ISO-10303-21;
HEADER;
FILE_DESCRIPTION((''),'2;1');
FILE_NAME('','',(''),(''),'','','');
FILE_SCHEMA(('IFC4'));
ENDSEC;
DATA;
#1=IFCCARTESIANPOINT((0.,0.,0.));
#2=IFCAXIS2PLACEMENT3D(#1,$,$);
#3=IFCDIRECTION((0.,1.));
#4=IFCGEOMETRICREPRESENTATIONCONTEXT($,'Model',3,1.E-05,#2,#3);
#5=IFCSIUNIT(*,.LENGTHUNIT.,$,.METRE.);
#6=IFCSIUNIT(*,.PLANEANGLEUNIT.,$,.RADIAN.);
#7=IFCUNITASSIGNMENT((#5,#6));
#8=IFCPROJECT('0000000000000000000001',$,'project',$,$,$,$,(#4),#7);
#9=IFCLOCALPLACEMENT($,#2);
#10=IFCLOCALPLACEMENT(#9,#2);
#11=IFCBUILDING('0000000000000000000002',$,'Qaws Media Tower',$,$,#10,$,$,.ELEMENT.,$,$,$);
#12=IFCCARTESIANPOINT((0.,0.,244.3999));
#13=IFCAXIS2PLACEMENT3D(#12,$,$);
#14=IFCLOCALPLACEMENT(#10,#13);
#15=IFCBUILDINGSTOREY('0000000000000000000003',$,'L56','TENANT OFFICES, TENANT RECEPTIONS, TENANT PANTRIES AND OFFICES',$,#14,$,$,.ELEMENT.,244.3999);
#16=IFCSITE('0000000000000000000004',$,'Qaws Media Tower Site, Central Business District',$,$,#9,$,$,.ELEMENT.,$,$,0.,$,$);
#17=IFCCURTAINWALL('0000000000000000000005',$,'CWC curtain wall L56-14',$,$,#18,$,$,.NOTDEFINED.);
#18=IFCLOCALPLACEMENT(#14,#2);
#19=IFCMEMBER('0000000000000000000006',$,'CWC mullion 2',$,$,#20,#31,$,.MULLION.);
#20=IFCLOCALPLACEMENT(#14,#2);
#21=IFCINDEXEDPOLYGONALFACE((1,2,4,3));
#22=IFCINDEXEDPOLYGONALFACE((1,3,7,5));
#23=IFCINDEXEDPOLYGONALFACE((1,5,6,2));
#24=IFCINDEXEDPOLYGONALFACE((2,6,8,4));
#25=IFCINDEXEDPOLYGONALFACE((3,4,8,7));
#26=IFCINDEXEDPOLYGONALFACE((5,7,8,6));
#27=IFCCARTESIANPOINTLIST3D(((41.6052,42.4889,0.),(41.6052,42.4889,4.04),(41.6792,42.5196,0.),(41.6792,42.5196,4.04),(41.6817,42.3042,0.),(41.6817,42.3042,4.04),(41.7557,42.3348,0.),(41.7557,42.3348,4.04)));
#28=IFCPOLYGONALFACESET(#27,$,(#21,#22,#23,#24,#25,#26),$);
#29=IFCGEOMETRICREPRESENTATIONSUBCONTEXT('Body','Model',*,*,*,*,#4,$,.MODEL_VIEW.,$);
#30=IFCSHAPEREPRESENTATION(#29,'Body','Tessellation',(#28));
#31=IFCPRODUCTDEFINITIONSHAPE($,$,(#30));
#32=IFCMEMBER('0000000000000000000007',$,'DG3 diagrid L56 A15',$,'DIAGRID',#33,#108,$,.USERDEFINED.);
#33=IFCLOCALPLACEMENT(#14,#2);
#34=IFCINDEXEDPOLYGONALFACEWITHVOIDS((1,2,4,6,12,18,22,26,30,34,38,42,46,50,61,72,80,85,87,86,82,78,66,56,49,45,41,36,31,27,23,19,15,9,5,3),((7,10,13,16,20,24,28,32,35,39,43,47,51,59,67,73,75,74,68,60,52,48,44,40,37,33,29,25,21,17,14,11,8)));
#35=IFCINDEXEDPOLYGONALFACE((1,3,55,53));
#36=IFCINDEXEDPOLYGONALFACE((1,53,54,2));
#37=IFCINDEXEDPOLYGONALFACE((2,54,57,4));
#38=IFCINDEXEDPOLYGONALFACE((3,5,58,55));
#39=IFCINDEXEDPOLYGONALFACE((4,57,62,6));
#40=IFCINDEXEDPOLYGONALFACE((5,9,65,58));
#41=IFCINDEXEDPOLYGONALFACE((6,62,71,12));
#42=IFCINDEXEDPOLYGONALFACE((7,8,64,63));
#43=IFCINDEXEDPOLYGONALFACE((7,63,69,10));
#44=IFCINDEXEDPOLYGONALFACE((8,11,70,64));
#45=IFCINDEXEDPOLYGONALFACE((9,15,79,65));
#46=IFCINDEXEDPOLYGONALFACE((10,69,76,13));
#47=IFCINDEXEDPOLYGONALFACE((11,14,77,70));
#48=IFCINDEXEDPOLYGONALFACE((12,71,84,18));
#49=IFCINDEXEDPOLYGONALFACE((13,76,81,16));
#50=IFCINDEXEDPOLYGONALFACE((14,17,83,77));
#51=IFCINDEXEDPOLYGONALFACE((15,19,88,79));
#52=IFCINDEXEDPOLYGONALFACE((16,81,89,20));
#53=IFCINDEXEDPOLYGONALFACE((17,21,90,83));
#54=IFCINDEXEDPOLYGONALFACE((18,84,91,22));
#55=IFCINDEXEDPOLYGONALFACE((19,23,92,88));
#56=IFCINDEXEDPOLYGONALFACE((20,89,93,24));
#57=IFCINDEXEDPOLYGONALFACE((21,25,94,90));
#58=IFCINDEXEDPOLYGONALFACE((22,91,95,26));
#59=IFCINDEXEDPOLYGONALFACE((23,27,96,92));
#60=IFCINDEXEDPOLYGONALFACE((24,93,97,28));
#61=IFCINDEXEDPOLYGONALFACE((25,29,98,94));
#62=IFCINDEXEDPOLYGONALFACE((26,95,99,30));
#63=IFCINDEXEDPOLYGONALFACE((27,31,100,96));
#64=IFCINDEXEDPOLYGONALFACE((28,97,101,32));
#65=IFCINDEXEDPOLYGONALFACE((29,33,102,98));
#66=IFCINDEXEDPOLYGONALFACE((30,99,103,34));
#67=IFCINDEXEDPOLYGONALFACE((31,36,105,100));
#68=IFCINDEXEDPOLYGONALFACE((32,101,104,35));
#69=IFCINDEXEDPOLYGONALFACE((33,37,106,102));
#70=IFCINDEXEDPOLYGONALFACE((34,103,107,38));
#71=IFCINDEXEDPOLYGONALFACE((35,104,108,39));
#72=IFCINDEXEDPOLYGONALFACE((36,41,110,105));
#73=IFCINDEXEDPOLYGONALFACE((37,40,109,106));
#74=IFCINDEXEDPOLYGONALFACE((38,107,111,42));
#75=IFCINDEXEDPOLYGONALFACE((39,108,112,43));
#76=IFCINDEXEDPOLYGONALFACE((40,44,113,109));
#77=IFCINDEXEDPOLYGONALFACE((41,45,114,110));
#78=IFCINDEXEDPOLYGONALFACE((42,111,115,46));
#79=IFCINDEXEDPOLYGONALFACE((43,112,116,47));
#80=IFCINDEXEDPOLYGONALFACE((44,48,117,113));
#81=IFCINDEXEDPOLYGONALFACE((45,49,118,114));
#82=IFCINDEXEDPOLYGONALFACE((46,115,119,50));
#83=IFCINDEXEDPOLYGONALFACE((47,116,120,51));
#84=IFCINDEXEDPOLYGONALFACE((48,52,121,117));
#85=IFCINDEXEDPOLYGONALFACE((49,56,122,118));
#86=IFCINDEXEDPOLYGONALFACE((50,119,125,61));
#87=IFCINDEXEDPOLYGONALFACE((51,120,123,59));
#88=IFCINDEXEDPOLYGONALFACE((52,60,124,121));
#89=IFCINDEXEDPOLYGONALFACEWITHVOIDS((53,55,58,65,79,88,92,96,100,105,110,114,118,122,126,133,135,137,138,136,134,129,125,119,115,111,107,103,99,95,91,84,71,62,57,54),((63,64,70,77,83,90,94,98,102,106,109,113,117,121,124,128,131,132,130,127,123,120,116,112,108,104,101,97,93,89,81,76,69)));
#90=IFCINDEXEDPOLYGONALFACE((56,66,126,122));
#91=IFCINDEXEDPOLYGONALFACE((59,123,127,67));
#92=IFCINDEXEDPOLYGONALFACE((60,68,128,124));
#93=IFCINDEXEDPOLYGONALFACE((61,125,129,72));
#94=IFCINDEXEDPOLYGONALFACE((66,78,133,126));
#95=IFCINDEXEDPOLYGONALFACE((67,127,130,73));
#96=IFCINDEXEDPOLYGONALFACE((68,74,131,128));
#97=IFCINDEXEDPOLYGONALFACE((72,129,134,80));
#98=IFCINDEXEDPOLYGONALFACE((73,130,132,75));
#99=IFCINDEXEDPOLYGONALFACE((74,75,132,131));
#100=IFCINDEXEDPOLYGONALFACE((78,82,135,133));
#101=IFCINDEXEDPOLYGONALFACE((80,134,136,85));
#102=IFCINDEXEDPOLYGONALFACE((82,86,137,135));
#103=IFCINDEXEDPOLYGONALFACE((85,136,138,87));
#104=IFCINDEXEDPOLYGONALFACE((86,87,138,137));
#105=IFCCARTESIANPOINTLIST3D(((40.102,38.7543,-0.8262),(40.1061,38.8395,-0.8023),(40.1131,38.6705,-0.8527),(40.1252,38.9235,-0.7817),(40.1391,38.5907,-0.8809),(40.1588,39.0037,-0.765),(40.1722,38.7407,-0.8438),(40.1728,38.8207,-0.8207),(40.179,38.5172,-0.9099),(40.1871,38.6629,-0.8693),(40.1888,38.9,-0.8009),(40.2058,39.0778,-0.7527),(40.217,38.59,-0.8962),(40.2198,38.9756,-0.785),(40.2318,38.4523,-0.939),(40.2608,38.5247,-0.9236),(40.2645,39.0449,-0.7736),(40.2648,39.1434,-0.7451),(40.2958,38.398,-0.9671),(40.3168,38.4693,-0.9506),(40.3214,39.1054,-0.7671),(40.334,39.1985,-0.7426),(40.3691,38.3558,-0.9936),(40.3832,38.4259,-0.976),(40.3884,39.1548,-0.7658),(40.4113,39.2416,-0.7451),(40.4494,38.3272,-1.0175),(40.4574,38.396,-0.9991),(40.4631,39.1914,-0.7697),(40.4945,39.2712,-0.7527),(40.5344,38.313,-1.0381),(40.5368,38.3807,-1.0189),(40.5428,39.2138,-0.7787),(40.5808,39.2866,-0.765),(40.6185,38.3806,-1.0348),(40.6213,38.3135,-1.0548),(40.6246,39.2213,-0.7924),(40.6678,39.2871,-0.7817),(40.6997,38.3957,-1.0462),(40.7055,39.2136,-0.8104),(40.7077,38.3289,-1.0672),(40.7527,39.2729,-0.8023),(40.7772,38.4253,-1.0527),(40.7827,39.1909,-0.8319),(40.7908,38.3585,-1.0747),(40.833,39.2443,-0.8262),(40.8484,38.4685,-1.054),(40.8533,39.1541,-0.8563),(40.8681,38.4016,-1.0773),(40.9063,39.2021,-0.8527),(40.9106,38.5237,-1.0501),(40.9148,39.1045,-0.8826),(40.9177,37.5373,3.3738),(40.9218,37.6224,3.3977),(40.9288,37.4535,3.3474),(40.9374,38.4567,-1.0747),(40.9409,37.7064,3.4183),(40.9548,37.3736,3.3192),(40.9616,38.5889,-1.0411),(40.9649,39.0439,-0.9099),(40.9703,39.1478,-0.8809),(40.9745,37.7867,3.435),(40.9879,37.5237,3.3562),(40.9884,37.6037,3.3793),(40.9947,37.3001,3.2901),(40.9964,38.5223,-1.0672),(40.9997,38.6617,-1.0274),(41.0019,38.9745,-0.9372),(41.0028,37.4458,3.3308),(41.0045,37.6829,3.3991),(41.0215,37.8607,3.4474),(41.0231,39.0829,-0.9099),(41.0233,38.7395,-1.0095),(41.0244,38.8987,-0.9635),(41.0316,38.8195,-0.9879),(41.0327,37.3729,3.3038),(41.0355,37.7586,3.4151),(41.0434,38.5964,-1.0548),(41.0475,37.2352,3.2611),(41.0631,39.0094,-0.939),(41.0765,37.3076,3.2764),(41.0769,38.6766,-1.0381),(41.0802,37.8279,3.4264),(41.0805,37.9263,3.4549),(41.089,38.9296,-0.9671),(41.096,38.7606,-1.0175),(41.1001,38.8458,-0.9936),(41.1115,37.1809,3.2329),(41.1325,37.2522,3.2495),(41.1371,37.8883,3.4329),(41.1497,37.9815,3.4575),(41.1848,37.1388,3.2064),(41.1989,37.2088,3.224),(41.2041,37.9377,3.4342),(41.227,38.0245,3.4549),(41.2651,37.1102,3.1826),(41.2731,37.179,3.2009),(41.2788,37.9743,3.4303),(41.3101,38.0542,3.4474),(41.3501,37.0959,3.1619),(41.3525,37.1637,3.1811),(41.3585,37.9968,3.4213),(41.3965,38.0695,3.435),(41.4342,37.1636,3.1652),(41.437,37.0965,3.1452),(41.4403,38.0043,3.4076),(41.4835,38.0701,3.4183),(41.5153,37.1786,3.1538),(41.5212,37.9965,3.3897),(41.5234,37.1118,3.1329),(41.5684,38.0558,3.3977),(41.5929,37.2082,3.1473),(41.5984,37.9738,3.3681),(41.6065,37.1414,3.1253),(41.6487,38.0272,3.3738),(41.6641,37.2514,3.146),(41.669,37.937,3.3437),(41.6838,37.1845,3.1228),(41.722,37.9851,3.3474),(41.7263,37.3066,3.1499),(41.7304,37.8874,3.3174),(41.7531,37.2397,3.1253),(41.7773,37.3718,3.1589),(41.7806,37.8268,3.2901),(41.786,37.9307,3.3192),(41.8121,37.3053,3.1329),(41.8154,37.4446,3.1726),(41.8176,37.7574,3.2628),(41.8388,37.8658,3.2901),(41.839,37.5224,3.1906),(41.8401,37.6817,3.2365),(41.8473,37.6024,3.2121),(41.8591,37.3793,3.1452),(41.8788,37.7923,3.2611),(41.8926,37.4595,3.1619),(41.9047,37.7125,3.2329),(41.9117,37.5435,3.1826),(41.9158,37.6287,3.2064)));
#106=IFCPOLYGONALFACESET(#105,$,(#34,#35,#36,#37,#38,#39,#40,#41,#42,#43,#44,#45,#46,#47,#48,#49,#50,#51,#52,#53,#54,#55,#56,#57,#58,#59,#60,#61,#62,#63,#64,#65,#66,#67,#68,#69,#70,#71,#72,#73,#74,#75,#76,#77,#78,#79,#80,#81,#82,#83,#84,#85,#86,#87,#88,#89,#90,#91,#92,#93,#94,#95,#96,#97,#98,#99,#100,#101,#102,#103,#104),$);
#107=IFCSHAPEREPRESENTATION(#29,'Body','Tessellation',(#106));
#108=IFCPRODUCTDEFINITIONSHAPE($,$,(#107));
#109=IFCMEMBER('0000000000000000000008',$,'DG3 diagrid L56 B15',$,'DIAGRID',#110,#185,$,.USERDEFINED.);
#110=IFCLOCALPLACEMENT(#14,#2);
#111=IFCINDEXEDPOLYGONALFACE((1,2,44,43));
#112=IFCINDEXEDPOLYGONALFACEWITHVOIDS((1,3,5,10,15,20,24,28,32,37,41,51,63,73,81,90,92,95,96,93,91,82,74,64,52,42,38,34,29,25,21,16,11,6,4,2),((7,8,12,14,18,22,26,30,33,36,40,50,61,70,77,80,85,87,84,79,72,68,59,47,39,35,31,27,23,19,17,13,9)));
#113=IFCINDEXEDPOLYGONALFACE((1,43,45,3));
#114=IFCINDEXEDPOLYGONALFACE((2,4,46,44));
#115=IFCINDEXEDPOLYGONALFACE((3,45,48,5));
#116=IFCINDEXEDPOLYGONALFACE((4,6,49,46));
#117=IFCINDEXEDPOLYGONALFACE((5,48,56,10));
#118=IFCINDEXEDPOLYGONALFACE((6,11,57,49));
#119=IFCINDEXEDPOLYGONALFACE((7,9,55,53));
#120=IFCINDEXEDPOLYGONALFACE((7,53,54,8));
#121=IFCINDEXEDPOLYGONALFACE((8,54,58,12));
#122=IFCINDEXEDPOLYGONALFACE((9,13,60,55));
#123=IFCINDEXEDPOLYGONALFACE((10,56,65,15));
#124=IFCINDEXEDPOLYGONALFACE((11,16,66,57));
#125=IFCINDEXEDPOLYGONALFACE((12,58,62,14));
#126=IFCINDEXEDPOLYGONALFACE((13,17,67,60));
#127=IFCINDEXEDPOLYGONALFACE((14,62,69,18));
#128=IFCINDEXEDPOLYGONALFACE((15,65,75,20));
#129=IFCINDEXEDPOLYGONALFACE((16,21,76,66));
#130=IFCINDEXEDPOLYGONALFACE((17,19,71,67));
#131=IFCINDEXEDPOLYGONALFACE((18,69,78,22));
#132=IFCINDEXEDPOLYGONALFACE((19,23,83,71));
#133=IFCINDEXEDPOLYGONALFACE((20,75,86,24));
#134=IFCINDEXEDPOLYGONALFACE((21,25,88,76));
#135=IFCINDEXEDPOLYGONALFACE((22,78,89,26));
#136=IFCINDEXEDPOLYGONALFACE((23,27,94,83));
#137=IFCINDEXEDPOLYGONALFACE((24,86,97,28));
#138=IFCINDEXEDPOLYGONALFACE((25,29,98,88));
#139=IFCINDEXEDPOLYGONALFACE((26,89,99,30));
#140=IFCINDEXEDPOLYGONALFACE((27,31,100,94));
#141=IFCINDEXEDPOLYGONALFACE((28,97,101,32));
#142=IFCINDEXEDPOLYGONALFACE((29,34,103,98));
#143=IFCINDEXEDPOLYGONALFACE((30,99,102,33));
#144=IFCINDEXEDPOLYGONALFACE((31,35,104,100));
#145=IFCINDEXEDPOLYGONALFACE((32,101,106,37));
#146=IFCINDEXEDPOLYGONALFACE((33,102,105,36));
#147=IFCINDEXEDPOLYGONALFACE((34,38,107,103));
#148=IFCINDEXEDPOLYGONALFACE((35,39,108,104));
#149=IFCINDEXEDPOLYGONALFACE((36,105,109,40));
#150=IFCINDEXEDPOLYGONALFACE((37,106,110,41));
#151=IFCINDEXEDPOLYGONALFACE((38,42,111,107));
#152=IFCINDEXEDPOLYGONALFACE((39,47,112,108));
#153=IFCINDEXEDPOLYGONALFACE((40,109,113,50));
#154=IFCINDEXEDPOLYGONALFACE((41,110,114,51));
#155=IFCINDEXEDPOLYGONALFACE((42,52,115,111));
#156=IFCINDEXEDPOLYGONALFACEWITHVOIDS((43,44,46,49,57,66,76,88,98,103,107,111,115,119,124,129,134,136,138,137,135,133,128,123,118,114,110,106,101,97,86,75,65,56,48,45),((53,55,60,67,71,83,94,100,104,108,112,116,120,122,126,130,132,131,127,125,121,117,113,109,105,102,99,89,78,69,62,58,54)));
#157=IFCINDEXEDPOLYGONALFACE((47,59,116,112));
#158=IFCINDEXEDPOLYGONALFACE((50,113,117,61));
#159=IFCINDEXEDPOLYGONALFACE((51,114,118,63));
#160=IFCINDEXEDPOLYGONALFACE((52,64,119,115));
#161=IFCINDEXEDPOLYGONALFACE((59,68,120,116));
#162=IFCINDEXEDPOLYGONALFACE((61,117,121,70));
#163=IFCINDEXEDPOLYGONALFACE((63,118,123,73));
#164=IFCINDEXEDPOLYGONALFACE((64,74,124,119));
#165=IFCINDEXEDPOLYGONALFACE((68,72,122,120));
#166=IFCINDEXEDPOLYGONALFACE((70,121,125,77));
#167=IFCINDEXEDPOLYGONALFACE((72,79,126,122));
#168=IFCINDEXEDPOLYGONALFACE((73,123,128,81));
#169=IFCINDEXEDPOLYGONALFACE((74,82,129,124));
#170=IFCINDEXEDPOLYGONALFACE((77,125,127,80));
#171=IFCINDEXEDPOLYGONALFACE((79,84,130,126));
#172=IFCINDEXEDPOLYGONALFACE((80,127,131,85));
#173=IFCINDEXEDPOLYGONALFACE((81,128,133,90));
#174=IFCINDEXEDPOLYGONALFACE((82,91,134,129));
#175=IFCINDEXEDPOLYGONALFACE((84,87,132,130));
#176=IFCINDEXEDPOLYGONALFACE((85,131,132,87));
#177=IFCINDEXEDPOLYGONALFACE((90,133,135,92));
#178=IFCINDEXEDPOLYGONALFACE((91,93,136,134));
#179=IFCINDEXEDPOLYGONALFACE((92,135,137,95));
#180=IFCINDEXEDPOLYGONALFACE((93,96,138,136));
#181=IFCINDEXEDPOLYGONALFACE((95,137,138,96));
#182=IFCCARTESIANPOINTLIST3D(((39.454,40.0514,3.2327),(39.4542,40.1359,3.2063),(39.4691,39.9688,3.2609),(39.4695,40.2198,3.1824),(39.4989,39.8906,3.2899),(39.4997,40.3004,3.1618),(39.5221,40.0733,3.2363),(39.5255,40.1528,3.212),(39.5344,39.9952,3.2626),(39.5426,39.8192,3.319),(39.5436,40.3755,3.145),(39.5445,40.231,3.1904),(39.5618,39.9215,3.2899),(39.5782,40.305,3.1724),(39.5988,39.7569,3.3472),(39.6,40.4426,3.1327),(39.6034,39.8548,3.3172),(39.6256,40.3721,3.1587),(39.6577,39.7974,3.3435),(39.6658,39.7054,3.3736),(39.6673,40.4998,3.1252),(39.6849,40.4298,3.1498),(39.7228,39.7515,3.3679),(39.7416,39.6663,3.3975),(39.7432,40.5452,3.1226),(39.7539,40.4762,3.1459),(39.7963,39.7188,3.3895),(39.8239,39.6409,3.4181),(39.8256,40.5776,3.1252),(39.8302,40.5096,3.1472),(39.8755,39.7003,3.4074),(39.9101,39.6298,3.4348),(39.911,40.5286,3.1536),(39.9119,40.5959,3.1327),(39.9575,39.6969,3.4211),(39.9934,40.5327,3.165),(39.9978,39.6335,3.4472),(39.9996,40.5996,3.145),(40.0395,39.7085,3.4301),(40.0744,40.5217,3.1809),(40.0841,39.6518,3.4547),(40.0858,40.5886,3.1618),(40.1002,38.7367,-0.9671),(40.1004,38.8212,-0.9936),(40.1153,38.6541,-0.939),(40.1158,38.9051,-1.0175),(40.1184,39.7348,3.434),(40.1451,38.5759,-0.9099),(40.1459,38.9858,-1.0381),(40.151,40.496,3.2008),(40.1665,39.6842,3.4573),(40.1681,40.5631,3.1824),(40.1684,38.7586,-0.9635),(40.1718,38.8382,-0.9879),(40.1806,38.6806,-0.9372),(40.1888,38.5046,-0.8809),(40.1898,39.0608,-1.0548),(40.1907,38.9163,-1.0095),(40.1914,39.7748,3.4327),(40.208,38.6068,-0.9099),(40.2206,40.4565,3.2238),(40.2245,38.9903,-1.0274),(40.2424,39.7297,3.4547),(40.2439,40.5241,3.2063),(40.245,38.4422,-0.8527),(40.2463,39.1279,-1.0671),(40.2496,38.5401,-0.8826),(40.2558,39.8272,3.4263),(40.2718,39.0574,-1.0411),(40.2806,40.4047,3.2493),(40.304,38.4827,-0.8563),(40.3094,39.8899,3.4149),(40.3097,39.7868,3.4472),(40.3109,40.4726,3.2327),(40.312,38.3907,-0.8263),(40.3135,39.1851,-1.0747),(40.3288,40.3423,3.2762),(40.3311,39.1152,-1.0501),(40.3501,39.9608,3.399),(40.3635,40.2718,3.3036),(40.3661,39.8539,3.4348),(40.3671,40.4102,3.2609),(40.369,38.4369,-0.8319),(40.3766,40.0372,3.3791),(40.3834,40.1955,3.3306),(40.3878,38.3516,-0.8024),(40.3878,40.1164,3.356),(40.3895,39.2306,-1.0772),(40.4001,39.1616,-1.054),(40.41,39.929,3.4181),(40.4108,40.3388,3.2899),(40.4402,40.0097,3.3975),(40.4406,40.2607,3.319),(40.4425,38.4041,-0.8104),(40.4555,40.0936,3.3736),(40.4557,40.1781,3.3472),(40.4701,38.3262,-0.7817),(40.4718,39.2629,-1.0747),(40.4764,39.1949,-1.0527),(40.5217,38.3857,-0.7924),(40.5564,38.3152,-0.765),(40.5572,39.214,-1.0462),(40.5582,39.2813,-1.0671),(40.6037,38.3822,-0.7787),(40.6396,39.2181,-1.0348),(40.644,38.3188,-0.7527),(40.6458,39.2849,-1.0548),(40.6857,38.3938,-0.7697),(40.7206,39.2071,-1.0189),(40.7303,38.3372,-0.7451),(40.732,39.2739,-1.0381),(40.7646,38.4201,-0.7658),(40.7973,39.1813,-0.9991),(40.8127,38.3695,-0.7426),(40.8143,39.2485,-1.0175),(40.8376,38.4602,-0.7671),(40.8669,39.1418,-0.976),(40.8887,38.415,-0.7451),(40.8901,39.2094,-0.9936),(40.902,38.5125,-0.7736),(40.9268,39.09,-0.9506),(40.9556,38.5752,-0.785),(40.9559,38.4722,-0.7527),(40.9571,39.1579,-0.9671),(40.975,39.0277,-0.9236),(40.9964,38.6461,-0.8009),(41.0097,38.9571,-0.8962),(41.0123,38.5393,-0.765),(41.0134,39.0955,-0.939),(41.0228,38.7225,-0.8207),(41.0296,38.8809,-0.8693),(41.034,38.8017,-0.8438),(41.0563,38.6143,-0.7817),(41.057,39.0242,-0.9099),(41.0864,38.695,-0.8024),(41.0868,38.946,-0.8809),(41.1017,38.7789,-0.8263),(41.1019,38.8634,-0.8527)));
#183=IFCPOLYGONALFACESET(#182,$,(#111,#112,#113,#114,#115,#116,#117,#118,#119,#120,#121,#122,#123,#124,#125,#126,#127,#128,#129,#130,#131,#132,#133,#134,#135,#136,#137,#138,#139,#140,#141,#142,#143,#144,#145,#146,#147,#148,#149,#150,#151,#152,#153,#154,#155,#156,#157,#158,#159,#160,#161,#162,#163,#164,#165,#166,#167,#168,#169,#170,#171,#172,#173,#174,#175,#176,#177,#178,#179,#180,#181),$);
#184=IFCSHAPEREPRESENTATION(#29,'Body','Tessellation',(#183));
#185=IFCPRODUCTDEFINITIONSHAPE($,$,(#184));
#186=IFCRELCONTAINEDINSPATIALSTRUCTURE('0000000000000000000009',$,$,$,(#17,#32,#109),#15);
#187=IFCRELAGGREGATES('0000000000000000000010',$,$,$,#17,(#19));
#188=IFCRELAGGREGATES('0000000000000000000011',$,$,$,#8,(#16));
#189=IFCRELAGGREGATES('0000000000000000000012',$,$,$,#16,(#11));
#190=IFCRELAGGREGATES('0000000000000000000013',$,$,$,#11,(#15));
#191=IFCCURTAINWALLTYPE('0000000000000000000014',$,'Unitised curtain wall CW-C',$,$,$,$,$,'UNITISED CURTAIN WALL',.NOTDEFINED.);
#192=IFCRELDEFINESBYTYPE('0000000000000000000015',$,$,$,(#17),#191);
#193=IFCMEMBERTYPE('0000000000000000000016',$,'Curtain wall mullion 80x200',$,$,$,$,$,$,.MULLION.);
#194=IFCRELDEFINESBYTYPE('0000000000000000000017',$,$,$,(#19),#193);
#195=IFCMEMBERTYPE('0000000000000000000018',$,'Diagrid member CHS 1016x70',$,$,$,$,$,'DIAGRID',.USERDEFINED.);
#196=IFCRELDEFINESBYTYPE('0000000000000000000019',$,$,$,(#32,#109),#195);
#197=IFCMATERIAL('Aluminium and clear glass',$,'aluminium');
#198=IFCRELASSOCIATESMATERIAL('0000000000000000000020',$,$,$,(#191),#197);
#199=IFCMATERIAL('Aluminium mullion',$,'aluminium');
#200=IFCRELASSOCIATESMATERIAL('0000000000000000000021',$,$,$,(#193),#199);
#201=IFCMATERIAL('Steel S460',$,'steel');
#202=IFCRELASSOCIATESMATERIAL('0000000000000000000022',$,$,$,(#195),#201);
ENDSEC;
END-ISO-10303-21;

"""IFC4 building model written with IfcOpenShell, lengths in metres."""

from ifc_helpers import new_model, si_unit, direction, frame, origin, origin_2d, place, context, subcontext, project, spatial, rectangle, hollow_circle, extrude, material, material_profile, profile_set, type_object, element, aggregate, save


model = new_model("IFC4")

# Units and contexts
model_context = context("Model", 3, precision=1e-05, world=origin(), true_north=direction((0.0, 1.0)))
body_context = subcontext(model_context, "Body", "Model", "MODEL_VIEW")
ifc_project = project(units=[si_unit("LENGTHUNIT", "METRE"), si_unit("PLANEANGLEUNIT", "RADIAN")], contexts=[model_context])

# Site, building, storey
site_placement = place(None, origin())
site = spatial("IfcSite", under=ifc_project, at=site_placement, Name="Qaws Media Tower Site, Central Business District", CompositionType="ELEMENT", RefElevation=0.0)
building_placement = place(site_placement, origin())
building = spatial("IfcBuilding", under=site, at=building_placement, Name="Qaws Media Tower", CompositionType="ELEMENT")
storey_placement = place(building_placement, frame((0.0, 0.0, 244.3999)))
storey = spatial("IfcBuildingStorey", under=building, at=storey_placement, Name="L56", Description="TENANT OFFICES, TENANT RECEPTIONS, TENANT PANTRIES AND OFFICES", CompositionType="ELEMENT", Elevation=244.3999)

# Curtain wall, member
ifc_material_1 = material(Name="Aluminium and clear glass", Category="aluminium")
curtain_wall_type = type_object("IfcCurtainWallType", Name="Unitised curtain wall CW-C", ElementType="UNITISED CURTAIN WALL", PredefinedType="NOTDEFINED", material=ifc_material_1)
curtain_wall_placement = place(storey_placement, origin())
curtain_wall = element("IfcCurtainWall", 1, at=curtain_wall_placement, inside=storey, type_object=curtain_wall_type, Name="CWC curtain wall L56-14", PredefinedType="NOTDEFINED")
ifc_material_2 = material(Name="Aluminium mullion", Category="aluminium")
ifc_material_profile_1 = material_profile(ifc_material_2, rectangle(XDim=0.0801, YDim=0.2, at=origin_2d()), Name="80x200")
ifc_profile_set_1 = profile_set([ifc_material_profile_1], Name="Aluminium mullion")
member_type_1 = type_object("IfcMemberType", Name="Curtain wall mullion 80x200", PredefinedType="MULLION", material=ifc_profile_set_1)
member_1_placement = place(storey_placement, frame((41.6804, 42.4119, 0.0), z_axis=(0.0, 0.0, 1.0), x_axis=(0.923879, 0.382684, 0.0)))
member_1 = element("IfcMember", 2, at=member_1_placement, type_object=member_type_1, Name="CWC mullion 2", PredefinedType="MULLION", context=body_context, shape_type="SweptSolid", body=[
    extrude(rectangle(XDim=0.0801, YDim=0.2, at=origin_2d()), origin(), (0.0, 0.0, 1.0), 4.04),
])

# Members
ifc_material_3 = material(Name="Steel S460", Category="steel")
ifc_material_profile_2 = material_profile(ifc_material_3, hollow_circle(Radius=0.5081, WallThickness=0.0701, at=origin_2d()), Name="CHS 1016x70")
ifc_profile_set_2 = profile_set([ifc_material_profile_2], Name="Steel S460")
member_type_2 = type_object("IfcMemberType", Name="Diagrid member CHS 1016x70", ElementType="DIAGRID", PredefinedType="USERDEFINED", material=ifc_profile_set_2)
member_2_placement = place(storey_placement, frame((40.6011, 38.8, -0.9099), z_axis=(0.183373, -0.273606, 0.9442), x_axis=(0.830689, 0.556737, 0.0)))
element("IfcMember", 3, at=member_2_placement, inside=storey, type_object=member_type_2, Name="DG3 diagrid L56 A15", ObjectType="DIAGRID", PredefinedType="USERDEFINED", context=body_context, shape_type="SweptSolid", body=[
    extrude(hollow_circle(Radius=0.5081, WallThickness=0.0701, at=origin_2d()), origin(), (0.0, 0.0, 1.0), 4.4482),
])
member_3_placement = place(storey_placement, frame((40.6011, 38.8, -0.9099), z_axis=(-0.145284, 0.295563, 0.944211), x_axis=(-0.89744, -0.441137, 0.0)))
element("IfcMember", 4, at=member_3_placement, inside=storey, type_object=member_type_2, Name="DG3 diagrid L56 B15", ObjectType="DIAGRID", PredefinedType="USERDEFINED", context=body_context, shape_type="SweptSolid", body=[
    extrude(hollow_circle(Radius=0.5081, WallThickness=0.0701, at=origin_2d()), origin(), (0.0, 0.0, 1.0), 4.448),
])

aggregate(curtain_wall, [member_1])

save(model, "model.ifc")
